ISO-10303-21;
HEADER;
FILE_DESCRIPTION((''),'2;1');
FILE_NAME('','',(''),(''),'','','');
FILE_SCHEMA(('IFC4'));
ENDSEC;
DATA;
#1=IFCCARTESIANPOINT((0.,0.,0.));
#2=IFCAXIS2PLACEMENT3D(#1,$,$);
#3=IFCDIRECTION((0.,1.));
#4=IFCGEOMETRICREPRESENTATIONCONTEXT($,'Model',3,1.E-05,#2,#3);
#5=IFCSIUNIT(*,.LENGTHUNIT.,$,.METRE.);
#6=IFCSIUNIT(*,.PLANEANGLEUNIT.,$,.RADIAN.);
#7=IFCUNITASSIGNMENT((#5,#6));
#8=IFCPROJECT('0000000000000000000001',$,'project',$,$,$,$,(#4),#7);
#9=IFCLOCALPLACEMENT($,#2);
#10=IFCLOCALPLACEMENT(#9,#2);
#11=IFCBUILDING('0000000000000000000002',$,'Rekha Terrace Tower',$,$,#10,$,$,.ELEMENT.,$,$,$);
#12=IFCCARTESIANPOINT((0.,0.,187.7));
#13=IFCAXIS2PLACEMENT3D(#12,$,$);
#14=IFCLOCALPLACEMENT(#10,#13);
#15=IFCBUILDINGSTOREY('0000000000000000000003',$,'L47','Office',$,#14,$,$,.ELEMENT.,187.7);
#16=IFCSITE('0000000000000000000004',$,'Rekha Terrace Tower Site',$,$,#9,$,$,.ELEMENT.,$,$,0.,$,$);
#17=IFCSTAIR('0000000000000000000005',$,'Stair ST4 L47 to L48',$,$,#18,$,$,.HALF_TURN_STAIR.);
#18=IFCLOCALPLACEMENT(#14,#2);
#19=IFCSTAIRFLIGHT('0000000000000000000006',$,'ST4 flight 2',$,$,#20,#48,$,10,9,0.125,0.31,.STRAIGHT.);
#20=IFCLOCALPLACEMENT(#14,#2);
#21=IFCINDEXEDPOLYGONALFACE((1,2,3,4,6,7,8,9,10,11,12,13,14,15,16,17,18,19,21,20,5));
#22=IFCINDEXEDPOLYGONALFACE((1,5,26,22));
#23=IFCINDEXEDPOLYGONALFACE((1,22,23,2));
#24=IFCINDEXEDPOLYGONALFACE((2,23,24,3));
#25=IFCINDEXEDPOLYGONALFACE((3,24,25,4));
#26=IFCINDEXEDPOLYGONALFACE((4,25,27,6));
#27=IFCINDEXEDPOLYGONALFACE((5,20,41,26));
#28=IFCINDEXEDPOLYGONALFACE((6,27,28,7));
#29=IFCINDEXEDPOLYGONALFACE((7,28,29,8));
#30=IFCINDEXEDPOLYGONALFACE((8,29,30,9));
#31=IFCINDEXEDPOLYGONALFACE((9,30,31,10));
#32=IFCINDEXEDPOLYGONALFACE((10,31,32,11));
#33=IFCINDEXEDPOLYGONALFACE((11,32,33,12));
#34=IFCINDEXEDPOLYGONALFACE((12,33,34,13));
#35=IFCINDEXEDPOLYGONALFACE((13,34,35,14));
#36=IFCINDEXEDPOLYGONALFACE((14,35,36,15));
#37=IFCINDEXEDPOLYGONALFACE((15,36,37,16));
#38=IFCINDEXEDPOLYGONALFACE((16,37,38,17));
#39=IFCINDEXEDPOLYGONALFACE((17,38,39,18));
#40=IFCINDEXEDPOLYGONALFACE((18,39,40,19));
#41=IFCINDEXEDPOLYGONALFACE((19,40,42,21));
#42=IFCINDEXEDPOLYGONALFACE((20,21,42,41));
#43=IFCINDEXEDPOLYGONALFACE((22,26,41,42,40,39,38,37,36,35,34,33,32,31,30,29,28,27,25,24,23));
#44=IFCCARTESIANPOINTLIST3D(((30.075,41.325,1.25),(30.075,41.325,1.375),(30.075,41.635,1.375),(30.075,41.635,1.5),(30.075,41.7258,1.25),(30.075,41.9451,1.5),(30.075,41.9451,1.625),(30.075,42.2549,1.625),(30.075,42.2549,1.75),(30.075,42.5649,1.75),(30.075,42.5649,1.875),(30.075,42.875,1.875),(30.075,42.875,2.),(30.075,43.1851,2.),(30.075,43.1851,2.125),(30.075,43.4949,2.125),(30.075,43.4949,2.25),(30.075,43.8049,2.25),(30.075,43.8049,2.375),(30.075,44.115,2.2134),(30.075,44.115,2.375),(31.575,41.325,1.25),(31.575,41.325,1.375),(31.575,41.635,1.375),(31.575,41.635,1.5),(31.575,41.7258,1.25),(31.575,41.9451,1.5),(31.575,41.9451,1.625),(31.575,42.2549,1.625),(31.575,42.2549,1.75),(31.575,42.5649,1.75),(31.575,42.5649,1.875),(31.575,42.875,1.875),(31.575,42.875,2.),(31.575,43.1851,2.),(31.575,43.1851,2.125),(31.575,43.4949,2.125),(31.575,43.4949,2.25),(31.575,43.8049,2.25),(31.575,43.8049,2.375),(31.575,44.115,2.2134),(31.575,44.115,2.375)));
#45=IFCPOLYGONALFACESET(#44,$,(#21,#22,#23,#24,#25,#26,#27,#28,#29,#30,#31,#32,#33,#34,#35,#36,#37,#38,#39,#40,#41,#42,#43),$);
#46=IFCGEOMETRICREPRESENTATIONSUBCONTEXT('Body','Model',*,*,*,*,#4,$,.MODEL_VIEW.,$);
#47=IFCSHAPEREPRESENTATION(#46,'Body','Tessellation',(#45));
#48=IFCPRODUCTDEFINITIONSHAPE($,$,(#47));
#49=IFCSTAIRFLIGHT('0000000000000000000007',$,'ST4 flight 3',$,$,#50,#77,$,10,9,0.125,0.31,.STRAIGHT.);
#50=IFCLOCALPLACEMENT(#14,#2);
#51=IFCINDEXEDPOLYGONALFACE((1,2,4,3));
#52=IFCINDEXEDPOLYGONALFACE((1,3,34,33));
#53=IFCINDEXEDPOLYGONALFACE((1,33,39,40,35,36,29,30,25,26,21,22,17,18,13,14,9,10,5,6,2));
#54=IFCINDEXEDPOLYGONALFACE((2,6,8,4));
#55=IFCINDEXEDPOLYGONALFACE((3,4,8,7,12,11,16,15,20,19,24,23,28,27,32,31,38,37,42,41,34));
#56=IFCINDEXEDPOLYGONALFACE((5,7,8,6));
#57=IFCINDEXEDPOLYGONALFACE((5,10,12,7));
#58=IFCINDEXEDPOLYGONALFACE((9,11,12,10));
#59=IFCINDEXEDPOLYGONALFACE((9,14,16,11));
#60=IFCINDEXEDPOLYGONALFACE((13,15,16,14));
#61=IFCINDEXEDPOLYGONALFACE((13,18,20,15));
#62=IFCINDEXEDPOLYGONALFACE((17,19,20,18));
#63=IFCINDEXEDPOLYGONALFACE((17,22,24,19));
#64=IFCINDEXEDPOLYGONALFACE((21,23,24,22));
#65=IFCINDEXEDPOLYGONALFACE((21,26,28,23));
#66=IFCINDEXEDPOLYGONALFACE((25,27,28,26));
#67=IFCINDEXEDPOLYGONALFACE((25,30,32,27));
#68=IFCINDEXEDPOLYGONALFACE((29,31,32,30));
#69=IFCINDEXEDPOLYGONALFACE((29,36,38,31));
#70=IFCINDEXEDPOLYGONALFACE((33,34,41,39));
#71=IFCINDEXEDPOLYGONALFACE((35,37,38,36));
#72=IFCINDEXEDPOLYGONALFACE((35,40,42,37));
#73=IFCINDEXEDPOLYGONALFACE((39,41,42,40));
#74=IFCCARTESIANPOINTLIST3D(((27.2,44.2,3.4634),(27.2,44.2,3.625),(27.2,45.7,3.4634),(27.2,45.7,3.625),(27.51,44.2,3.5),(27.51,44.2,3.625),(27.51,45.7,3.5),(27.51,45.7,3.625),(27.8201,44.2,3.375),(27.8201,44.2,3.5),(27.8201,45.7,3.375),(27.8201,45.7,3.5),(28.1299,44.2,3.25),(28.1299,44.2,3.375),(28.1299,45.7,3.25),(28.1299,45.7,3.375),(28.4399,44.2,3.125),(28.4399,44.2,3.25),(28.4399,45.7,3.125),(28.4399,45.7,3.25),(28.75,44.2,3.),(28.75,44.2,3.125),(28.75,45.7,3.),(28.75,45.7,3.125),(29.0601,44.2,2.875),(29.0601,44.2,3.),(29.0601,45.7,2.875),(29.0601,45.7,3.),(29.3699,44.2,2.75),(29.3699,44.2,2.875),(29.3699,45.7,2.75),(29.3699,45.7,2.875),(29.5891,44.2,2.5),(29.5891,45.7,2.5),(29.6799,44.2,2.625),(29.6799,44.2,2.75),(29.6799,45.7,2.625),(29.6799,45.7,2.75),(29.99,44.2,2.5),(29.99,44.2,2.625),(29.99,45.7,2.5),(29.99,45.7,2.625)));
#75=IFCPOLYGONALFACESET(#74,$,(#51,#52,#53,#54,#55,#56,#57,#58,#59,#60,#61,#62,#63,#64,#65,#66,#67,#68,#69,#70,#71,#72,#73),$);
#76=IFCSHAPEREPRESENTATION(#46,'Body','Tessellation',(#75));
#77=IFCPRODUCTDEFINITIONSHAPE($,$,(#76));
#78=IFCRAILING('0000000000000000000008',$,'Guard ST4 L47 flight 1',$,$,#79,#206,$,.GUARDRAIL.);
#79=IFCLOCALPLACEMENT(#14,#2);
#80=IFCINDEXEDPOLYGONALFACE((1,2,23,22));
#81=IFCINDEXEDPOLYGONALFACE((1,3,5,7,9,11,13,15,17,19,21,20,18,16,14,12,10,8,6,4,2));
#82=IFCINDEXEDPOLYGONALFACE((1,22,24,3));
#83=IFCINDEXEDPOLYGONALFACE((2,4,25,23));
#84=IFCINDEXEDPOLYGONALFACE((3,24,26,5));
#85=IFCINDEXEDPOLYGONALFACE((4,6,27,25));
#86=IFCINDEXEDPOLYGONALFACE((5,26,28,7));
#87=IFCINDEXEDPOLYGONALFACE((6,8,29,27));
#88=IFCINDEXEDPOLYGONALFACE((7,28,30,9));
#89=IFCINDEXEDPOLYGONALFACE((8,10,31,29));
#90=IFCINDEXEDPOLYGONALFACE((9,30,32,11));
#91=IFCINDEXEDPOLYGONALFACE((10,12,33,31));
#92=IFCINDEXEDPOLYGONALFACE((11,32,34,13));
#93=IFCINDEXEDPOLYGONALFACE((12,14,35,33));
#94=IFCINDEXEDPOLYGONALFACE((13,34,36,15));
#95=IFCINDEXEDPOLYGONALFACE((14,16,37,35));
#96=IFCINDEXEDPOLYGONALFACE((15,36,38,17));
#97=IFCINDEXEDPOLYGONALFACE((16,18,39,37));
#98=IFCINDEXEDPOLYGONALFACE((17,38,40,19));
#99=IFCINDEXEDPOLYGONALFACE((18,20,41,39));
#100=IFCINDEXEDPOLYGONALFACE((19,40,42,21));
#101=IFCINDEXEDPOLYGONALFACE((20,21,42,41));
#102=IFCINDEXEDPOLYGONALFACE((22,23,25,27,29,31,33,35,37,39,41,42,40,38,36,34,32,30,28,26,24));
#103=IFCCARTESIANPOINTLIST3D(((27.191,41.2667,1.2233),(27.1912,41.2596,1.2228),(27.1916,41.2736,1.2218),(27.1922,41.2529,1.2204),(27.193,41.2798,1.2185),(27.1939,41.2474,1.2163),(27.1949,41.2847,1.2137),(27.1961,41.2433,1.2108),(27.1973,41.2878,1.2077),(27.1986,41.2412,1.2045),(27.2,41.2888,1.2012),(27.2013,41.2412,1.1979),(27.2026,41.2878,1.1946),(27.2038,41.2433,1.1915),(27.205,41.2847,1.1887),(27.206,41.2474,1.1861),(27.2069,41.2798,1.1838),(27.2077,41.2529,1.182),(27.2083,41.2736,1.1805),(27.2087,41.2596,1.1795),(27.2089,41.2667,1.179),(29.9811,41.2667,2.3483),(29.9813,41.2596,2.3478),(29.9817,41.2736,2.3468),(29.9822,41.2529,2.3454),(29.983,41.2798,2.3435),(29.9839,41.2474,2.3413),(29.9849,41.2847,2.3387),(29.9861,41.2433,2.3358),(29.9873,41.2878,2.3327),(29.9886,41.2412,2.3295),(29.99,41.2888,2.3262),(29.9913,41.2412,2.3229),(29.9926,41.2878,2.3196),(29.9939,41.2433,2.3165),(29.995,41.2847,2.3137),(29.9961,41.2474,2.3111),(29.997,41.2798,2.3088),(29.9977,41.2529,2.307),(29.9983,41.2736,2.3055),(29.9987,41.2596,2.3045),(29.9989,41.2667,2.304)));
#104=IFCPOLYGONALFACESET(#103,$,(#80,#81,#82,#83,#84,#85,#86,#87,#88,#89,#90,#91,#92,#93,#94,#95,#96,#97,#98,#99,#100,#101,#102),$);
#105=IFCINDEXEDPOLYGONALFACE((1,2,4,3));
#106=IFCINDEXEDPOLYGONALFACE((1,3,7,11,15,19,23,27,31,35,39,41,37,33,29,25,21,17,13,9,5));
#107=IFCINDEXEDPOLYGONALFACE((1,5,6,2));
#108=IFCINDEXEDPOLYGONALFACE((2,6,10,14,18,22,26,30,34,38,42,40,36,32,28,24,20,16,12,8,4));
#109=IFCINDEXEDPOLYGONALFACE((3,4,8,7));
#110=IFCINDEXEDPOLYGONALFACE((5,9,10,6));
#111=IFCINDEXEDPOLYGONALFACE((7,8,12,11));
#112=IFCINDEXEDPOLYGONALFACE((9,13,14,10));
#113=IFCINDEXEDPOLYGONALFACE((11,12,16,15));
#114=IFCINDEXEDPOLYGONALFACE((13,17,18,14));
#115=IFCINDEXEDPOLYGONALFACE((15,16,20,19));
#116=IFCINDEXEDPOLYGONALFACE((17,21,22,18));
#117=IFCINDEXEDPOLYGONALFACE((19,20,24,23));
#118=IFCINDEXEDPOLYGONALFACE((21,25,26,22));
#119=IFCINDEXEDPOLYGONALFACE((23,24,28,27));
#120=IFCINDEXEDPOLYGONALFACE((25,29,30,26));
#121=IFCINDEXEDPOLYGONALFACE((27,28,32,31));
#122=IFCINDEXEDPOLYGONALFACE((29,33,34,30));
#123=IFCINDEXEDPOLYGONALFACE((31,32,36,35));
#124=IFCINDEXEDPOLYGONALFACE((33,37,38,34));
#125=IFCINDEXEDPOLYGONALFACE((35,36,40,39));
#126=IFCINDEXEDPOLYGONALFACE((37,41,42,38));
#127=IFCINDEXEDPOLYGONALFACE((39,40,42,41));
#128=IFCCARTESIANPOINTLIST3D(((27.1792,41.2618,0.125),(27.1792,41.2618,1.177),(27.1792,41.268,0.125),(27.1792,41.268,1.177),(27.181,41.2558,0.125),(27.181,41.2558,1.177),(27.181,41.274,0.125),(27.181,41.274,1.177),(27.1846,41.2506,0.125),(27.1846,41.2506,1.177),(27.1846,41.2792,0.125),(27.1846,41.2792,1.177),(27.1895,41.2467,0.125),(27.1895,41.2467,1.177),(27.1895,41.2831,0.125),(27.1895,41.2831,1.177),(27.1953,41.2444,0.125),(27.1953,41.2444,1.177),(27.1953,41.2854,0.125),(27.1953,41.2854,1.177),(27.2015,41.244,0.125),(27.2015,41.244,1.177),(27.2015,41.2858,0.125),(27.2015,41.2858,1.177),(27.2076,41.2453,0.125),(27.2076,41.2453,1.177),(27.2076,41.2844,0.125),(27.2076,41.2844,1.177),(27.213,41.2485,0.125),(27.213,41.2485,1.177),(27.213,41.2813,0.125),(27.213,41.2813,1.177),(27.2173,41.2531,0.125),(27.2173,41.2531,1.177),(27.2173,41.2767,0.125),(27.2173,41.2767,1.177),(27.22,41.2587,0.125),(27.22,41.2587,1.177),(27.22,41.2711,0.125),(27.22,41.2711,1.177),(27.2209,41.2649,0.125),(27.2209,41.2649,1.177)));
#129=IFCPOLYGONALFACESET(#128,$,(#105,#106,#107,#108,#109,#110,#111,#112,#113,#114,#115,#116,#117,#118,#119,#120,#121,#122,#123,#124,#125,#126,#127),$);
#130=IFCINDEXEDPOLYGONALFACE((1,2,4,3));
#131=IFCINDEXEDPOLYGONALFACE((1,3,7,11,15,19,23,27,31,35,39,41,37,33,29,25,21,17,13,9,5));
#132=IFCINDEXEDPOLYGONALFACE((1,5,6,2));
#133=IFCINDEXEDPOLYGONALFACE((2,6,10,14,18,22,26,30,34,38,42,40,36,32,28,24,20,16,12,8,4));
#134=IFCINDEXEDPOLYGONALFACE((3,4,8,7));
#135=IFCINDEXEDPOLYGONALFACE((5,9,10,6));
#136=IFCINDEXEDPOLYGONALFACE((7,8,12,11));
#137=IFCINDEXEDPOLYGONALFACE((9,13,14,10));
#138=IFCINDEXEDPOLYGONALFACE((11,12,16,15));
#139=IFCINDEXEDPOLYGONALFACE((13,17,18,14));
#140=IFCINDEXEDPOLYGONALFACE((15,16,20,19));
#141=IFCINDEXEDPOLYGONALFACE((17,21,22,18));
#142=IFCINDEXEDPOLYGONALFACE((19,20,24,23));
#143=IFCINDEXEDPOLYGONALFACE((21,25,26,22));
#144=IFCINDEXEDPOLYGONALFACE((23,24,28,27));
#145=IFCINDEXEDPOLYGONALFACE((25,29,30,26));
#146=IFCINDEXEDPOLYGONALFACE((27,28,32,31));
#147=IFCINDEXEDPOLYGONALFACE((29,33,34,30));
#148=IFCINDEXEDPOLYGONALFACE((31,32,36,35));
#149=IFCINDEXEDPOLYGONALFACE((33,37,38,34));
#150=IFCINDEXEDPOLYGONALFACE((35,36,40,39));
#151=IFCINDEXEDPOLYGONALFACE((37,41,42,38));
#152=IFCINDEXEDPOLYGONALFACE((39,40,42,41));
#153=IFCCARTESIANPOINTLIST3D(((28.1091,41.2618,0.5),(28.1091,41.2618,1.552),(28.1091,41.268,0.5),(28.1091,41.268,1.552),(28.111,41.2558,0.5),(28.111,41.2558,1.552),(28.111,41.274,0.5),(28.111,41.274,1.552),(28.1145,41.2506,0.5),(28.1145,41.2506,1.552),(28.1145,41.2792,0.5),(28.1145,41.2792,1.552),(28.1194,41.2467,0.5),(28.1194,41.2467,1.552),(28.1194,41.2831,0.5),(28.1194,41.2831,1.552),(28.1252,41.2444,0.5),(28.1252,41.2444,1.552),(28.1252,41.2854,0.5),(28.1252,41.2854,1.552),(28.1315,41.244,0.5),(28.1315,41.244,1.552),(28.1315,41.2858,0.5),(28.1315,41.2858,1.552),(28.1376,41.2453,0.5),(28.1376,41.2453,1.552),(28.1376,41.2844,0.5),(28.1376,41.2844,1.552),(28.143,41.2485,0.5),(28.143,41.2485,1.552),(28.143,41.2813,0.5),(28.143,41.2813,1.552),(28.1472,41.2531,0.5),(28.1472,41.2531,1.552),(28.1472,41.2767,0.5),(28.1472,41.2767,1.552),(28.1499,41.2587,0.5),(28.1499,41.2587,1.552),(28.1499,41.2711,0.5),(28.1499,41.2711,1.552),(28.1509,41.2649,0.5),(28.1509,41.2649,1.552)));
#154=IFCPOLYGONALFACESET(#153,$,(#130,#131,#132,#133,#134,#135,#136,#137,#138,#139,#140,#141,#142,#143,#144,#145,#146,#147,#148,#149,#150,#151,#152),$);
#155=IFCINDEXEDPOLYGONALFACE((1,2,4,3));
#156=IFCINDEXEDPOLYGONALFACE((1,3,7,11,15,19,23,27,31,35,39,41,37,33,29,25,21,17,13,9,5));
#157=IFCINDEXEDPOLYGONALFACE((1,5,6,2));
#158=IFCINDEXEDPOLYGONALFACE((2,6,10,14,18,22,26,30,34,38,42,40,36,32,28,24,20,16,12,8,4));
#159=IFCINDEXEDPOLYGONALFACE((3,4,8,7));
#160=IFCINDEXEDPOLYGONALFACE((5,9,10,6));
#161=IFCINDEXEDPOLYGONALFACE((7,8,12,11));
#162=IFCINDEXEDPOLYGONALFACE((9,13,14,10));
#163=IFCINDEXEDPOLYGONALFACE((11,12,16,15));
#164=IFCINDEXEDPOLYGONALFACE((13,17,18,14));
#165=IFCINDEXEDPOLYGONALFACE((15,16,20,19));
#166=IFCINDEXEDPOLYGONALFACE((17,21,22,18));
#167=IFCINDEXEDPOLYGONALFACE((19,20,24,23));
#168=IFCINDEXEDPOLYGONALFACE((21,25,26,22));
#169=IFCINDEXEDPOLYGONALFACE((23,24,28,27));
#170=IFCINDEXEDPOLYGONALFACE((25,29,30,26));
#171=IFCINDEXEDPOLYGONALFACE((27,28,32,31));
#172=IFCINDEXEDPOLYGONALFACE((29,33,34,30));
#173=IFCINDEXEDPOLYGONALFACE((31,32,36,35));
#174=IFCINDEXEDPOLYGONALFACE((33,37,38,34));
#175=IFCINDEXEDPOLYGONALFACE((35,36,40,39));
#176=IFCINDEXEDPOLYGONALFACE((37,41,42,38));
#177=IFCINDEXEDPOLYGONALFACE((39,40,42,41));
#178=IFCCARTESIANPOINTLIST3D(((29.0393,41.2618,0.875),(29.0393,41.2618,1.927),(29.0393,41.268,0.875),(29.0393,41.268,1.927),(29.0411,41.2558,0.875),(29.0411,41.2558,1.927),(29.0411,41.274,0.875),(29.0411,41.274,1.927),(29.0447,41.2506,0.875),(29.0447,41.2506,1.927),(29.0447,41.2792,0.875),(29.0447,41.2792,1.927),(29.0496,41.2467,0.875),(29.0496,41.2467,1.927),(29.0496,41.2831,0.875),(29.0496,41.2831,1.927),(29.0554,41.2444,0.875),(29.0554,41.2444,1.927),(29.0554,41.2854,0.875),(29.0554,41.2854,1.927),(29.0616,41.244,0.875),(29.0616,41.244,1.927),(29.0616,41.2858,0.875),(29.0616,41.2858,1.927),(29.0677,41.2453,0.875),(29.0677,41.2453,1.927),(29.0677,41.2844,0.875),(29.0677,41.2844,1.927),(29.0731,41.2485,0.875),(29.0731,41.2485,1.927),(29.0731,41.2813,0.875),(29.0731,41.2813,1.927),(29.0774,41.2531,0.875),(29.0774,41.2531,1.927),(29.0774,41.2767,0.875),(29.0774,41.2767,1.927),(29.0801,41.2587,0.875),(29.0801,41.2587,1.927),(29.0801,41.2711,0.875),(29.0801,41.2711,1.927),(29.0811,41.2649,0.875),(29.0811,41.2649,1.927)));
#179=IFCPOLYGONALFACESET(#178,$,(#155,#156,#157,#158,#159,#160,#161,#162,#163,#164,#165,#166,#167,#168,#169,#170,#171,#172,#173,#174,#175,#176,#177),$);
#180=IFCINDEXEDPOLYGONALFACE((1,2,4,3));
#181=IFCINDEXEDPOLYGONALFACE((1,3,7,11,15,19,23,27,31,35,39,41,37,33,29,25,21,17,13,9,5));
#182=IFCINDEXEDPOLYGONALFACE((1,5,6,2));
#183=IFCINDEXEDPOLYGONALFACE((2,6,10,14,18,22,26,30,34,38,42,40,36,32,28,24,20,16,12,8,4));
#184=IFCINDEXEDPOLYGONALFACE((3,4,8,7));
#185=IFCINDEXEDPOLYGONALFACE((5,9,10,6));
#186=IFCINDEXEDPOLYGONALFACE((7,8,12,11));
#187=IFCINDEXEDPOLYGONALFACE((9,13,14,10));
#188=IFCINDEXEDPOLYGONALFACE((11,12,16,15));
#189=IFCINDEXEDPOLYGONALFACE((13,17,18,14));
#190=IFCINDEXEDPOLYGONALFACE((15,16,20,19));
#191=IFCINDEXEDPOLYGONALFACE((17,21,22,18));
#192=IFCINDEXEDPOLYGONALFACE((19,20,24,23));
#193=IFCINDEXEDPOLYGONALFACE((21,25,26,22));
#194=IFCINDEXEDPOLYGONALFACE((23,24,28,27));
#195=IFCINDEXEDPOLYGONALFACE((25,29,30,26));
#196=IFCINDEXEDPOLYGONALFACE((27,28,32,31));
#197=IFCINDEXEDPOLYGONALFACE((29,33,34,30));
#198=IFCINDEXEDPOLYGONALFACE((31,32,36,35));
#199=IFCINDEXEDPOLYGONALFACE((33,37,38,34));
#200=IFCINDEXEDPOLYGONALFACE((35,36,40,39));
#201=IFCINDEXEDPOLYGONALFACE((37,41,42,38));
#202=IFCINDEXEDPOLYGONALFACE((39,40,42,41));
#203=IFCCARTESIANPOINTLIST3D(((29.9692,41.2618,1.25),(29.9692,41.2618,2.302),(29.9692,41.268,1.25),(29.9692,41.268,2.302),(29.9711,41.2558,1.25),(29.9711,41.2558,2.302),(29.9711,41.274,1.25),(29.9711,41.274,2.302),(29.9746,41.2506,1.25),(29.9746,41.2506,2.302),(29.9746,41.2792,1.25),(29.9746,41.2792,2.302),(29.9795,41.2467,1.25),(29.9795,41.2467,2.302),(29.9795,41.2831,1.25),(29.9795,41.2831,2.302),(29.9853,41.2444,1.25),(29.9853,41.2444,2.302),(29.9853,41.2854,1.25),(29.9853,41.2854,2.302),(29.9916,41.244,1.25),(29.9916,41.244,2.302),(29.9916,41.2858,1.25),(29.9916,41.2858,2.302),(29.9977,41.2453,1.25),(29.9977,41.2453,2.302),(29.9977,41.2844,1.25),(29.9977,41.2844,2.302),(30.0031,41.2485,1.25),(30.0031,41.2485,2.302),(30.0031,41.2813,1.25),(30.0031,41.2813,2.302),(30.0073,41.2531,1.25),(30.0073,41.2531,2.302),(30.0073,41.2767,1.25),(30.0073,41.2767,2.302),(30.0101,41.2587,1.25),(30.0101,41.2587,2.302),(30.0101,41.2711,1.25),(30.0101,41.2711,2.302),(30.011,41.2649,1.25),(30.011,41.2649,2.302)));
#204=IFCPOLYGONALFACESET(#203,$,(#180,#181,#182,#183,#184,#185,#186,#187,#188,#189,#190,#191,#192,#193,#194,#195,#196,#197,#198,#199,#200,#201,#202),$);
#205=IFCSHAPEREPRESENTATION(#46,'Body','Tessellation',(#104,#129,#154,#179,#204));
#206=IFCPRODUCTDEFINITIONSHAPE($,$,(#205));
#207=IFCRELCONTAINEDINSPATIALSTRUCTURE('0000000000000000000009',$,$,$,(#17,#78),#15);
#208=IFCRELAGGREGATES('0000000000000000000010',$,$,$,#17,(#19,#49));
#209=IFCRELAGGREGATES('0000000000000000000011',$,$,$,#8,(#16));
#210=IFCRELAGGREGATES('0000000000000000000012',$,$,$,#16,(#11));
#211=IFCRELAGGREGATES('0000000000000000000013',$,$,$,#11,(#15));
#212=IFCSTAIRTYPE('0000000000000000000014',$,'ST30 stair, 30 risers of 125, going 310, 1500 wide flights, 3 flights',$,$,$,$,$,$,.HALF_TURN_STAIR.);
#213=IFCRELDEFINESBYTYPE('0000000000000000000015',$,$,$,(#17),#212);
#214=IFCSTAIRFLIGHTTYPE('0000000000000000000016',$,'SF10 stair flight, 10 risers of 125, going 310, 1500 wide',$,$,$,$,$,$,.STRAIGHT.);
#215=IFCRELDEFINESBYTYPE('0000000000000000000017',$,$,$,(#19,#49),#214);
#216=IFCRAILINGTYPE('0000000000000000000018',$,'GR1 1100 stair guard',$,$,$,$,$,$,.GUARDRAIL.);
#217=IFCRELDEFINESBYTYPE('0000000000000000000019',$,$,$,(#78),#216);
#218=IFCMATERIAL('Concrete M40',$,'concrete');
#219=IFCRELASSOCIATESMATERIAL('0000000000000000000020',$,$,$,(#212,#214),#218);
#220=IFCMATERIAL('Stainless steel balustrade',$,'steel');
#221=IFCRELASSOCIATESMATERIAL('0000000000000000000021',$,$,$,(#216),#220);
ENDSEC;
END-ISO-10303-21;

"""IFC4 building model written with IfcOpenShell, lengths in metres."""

from ifc_helpers import new_model, si_unit, direction, frame, origin, origin_2d, place, context, subcontext, project, spatial, polyline, circle, outline, extrude, material, type_object, element, aggregate, save


model = new_model("IFC4")

# Units and contexts
model_context = context("Model", 3, precision=1e-05, world=origin(), true_north=direction((0.0, 1.0)))
body_context = subcontext(model_context, "Body", "Model", "MODEL_VIEW")
ifc_project = project(units=[si_unit("LENGTHUNIT", "METRE"), si_unit("PLANEANGLEUNIT", "RADIAN")], contexts=[model_context])

# Site, building, storey
site_placement = place(None, origin())
site = spatial("IfcSite", under=ifc_project, at=site_placement, Name="Rekha Terrace Tower Site", CompositionType="ELEMENT", RefElevation=0.0)
building_placement = place(site_placement, origin())
building = spatial("IfcBuilding", under=site, at=building_placement, Name="Rekha Terrace Tower", CompositionType="ELEMENT")
storey_placement = place(building_placement, frame((0.0, 0.0, 187.7)))
storey = spatial("IfcBuildingStorey", under=building, at=storey_placement, Name="L47", Description="Office", CompositionType="ELEMENT", Elevation=187.7)

# Stair, stair flights
ifc_material_1 = material(Name="Concrete M40", Category="concrete")
stair_type = type_object("IfcStairType", Name="ST30 stair, 30 risers of 125, going 310, 1500 wide flights, 3 flights", PredefinedType="HALF_TURN_STAIR", material=ifc_material_1)
stair_placement = place(storey_placement, origin())
stair = element("IfcStair", 1, at=stair_placement, inside=storey, type_object=stair_type, Name="Stair ST4 L47 to L48", PredefinedType="HALF_TURN_STAIR")
stair_flight_type = type_object("IfcStairFlightType", Name="SF10 stair flight, 10 risers of 125, going 310, 1500 wide", PredefinedType="STRAIGHT", material=ifc_material_1)
stair_flight_1_placement = place(storey_placement, frame((30.825, 41.325, 1.25), z_axis=(0.0, 0.0, 1.0), x_axis=(0.0, 1.0, 0.0)))
stair_flight_1 = element("IfcStairFlight", 2, at=stair_flight_1_placement, type_object=stair_flight_type, Name="ST4 flight 2", NumberOfRisers=10, NumberOfTreads=9, PredefinedType="STRAIGHT", RiserHeight=0.125, TreadLength=0.31, context=body_context, shape_type="SweptSolid", body=[
    extrude(outline(polyline([(0.0, 0.0), (0.0, 0.125), (0.3101, 0.125), (0.3101, 0.25), (0.6201, 0.25), (0.6201, 0.375), (0.9299, 0.375), (0.9299, 0.5), (1.24, 0.5), (1.24, 0.625), (1.55, 0.625), (1.55, 0.75), (1.8601, 0.75), (1.8601, 0.875), (2.1699, 0.875), (2.1699, 1.0), (2.48, 1.0), (2.48, 1.125), (2.79, 1.125), (2.79, 1.25), (2.79, 0.9634), (0.4009, 0.0), (0.0, 0.0)])), frame((0.0, 0.75, 0.0), z_axis=(0.0, -1.0, 0.0), x_axis=(1.0, 0.0, 0.0)), (0.0, 0.0, 1.0), 1.5),
])
stair_flight_2_placement = place(storey_placement, frame((29.99, 44.95, 2.5), z_axis=(0.0, 0.0, 1.0), x_axis=(-1.0, 0.0, 0.0)))
stair_flight_2 = element("IfcStairFlight", 3, at=stair_flight_2_placement, type_object=stair_flight_type, Name="ST4 flight 3", NumberOfRisers=10, NumberOfTreads=9, PredefinedType="STRAIGHT", RiserHeight=0.125, TreadLength=0.31, context=body_context, shape_type="SweptSolid", body=[
    extrude(outline(polyline([(0.0, 0.0), (0.0, 0.125), (0.3101, 0.125), (0.3101, 0.25), (0.6201, 0.25), (0.6201, 0.375), (0.9299, 0.375), (0.9299, 0.5), (1.24, 0.5), (1.24, 0.625), (1.55, 0.625), (1.55, 0.75), (1.8601, 0.75), (1.8601, 0.875), (2.1699, 0.875), (2.1699, 1.0), (2.48, 1.0), (2.48, 1.125), (2.79, 1.125), (2.79, 1.25), (2.79, 0.9634), (0.4009, 0.0), (0.0, 0.0)])), frame((0.0, 0.75, 0.0), z_axis=(0.0, -1.0, 0.0), x_axis=(1.0, 0.0, 0.0)), (0.0, 0.0, 1.0), 1.5),
])
aggregate(stair, [stair_flight_1, stair_flight_2])

# Railing
ifc_material_2 = material(Name="Stainless steel balustrade", Category="steel")
railing_type_1 = type_object("IfcRailingType", Name="GR1 1100 stair guard", PredefinedType="GUARDRAIL", material=ifc_material_2)
railing_1_placement = place(storey_placement, frame((27.2, 41.2649, 0.125)))
element("IfcRailing", 4, at=railing_1_placement, inside=storey, type_object=railing_type_1, Name="Guard ST4 L47 flight 1", PredefinedType="GUARDRAIL", context=body_context, shape_type="SweptSolid", body=[
    extrude(circle(Radius=0.0239, at=origin_2d()), frame((0.0, 0.0, 1.0762), z_axis=(0.927443, 0.0, 0.373964), x_axis=(0.0, 1.0, 0.0)), (0.0, 0.0, 1.0), 3.0083),
    extrude(circle(Radius=0.021, at=origin_2d()), origin(), (0.0, 0.0, 1.0), 1.052),
    extrude(circle(Radius=0.021, at=origin_2d()), frame((0.9299, 0.0, 0.375)), (0.0, 0.0, 1.0), 1.052),
    extrude(circle(Radius=0.021, at=origin_2d()), frame((1.8601, 0.0, 0.75)), (0.0, 0.0, 1.0), 1.052),
    extrude(circle(Radius=0.021, at=origin_2d()), frame((2.79, 0.0, 1.125)), (0.0, 0.0, 1.0), 1.052),
])

save(model, "model.ifc")
